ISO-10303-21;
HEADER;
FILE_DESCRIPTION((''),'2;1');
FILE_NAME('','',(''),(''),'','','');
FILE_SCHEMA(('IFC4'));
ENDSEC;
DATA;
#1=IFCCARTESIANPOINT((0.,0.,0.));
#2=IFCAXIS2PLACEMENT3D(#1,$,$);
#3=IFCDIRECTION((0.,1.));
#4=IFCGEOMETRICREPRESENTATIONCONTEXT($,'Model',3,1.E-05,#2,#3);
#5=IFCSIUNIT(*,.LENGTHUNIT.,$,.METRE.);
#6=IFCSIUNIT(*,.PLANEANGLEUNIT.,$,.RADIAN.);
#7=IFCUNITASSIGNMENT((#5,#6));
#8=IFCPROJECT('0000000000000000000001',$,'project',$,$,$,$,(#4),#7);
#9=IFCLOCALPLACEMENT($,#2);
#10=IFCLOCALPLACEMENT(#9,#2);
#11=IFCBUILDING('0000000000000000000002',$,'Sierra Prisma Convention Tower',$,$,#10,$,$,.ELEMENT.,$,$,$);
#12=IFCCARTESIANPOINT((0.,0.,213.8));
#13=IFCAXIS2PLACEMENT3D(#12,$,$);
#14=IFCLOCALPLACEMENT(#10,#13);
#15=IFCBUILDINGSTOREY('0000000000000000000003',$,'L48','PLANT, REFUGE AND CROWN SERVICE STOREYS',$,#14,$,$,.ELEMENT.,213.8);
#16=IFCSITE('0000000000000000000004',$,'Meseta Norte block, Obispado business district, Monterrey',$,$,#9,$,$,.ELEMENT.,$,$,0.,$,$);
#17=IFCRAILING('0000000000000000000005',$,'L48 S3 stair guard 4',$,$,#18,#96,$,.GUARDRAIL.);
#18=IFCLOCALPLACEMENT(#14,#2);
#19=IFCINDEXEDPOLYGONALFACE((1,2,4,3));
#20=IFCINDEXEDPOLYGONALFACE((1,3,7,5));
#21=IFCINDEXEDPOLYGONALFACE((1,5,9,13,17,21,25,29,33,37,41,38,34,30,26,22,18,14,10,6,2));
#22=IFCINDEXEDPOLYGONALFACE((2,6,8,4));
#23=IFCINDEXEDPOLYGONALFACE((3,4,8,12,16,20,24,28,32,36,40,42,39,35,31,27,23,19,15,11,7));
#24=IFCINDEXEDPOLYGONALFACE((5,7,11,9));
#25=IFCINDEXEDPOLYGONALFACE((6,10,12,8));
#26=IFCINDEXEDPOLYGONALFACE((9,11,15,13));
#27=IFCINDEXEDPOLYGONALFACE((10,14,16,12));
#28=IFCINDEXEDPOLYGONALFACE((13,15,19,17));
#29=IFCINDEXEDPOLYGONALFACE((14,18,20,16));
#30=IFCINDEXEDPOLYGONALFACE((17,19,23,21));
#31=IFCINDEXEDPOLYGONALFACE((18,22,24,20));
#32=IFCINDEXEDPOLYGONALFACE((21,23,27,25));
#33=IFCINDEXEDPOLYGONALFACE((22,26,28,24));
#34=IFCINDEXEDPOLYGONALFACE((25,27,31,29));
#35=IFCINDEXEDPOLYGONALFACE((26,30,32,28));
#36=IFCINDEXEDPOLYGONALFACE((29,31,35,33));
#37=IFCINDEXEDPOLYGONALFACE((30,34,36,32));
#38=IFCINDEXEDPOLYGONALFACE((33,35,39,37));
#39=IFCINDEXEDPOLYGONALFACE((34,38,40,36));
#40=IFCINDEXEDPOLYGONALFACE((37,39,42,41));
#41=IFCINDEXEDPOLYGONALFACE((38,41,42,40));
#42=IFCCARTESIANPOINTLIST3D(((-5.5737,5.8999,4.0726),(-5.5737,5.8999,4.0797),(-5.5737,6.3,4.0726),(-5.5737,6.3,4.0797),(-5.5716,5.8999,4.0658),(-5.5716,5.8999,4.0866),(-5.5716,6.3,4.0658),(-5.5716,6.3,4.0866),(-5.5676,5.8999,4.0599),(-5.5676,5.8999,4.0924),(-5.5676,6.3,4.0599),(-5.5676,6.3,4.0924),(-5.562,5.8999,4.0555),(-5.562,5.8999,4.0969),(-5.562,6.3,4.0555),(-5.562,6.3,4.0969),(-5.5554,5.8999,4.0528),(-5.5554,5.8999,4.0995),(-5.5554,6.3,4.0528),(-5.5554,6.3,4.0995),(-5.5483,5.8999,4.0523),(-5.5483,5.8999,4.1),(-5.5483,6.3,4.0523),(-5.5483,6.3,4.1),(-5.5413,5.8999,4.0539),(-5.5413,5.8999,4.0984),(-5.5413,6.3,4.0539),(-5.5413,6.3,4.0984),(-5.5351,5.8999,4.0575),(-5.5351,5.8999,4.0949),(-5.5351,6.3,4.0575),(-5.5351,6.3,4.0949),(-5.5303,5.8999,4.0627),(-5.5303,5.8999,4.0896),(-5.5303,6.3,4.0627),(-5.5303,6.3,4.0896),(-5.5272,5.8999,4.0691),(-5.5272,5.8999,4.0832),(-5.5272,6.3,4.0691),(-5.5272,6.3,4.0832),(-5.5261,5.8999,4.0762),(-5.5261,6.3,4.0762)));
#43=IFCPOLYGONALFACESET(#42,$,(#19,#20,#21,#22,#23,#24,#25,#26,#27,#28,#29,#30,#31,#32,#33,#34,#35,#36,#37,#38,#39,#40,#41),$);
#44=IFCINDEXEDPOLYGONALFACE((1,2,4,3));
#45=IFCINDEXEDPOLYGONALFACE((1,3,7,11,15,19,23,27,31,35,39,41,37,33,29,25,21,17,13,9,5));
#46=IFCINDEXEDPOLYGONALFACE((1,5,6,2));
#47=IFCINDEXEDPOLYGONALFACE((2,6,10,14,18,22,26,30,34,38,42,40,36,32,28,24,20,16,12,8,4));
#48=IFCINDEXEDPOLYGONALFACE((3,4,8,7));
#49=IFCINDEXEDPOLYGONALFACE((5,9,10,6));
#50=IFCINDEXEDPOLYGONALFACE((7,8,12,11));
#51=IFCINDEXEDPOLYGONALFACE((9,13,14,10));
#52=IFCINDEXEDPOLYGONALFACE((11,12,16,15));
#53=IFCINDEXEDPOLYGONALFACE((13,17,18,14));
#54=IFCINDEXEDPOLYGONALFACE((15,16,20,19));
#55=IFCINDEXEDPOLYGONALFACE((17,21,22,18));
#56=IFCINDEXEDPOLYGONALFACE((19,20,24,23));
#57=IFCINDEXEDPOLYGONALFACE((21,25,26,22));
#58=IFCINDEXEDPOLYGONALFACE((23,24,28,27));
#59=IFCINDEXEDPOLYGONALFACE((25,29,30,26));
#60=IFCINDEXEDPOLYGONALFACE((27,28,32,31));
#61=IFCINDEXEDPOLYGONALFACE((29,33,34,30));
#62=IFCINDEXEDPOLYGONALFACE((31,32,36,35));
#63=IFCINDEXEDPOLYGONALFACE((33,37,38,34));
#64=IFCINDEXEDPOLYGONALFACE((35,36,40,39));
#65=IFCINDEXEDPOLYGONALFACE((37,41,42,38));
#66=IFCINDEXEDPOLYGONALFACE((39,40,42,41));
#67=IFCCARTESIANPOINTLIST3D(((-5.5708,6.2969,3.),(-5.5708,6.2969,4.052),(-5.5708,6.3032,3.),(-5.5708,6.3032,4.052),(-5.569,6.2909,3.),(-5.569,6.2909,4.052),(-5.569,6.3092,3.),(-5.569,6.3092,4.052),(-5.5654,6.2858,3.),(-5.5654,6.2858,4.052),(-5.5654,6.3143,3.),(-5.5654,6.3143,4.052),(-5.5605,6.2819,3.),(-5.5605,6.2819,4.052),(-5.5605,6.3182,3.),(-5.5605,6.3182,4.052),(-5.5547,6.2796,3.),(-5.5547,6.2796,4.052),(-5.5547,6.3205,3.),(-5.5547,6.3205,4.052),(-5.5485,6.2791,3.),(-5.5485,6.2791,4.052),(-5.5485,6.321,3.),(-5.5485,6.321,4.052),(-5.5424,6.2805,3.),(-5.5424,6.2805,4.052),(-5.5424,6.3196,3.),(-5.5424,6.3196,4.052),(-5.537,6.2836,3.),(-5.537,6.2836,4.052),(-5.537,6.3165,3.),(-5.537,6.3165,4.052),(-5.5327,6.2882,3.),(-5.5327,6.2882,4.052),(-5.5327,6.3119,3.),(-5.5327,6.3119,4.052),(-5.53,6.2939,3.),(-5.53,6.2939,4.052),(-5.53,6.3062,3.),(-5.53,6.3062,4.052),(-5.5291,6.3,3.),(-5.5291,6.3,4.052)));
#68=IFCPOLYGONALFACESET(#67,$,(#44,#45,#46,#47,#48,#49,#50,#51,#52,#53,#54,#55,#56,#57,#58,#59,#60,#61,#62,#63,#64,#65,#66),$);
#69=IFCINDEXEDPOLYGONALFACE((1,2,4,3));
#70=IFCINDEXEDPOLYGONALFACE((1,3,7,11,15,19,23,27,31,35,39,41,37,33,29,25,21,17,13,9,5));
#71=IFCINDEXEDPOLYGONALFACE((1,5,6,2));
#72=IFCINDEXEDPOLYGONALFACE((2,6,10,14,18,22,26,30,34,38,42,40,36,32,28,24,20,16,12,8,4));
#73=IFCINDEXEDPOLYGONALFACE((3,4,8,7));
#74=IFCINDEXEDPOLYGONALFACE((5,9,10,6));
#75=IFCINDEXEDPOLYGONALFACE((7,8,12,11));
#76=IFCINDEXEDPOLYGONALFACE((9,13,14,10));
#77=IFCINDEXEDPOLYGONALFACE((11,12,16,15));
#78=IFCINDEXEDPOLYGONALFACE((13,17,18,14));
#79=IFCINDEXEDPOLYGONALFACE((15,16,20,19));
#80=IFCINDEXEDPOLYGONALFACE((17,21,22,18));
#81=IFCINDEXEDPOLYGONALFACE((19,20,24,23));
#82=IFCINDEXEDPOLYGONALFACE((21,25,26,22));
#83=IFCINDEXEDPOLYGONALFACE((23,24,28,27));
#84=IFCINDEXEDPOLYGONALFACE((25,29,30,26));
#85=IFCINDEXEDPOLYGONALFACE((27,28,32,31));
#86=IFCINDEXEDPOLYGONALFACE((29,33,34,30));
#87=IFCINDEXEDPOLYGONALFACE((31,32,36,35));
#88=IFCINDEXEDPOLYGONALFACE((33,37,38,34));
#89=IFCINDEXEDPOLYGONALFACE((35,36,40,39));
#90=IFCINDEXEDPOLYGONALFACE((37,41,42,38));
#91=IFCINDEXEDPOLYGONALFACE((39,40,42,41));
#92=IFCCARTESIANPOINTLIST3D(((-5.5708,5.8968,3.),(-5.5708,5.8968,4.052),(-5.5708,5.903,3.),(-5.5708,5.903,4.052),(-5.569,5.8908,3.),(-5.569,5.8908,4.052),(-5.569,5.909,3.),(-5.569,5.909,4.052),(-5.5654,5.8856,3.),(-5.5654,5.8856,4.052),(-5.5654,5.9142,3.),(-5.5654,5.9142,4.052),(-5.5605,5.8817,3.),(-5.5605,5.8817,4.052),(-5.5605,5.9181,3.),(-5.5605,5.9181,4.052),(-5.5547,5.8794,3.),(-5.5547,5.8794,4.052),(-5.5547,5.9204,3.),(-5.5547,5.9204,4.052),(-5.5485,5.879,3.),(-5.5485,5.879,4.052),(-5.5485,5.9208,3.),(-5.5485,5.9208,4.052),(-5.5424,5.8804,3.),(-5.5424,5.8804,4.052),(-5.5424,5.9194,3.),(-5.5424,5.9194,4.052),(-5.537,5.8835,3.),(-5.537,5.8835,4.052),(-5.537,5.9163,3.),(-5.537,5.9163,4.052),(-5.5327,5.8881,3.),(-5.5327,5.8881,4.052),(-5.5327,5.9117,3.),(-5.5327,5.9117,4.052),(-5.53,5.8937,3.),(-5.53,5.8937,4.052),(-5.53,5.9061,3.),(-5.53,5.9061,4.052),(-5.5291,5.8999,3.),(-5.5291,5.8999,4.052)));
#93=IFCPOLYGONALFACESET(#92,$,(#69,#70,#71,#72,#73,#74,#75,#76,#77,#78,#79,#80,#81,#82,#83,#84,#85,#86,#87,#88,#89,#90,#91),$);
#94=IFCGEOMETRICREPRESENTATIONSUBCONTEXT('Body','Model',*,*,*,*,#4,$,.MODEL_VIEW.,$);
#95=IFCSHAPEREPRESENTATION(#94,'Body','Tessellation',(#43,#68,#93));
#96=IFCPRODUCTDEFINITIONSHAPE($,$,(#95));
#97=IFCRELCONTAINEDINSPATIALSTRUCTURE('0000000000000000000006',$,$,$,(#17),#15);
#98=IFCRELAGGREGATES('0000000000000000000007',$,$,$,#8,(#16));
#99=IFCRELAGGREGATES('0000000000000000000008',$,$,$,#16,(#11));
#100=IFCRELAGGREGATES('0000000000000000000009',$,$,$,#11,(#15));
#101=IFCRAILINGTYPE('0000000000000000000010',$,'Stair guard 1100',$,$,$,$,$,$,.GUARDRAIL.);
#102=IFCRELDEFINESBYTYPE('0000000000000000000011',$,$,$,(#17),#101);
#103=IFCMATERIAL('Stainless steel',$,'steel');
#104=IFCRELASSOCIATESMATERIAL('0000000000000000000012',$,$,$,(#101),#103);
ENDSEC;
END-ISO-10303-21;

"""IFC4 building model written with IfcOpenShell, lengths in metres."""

from ifc_helpers import new_model, si_unit, direction, frame, origin, origin_2d, place, context, subcontext, project, spatial, circle, extrude, material, type_object, element, save


model = new_model("IFC4")

# Units and contexts
model_context = context("Model", 3, precision=1e-05, world=origin(), true_north=direction((0.0, 1.0)))
body_context = subcontext(model_context, "Body", "Model", "MODEL_VIEW")
ifc_project = project(units=[si_unit("LENGTHUNIT", "METRE"), si_unit("PLANEANGLEUNIT", "RADIAN")], contexts=[model_context])

# Site, building, storey
site_placement = place(None, origin())
site = spatial("IfcSite", under=ifc_project, at=site_placement, Name="Meseta Norte block, Obispado business district, Monterrey", CompositionType="ELEMENT", RefElevation=0.0)
building_placement = place(site_placement, origin())
building = spatial("IfcBuilding", under=site, at=building_placement, Name="Sierra Prisma Convention Tower", CompositionType="ELEMENT")
storey_placement = place(building_placement, frame((0.0, 0.0, 213.8)))
storey = spatial("IfcBuildingStorey", under=building, at=storey_placement, Name="L48", Description="PLANT, REFUGE AND CROWN SERVICE STOREYS", CompositionType="ELEMENT", Elevation=213.8)

# Railing
ifc_material_1 = material(Name="Stainless steel", Category="steel")
railing_type_1 = type_object("IfcRailingType", Name="Stair guard 1100", PredefinedType="GUARDRAIL", material=ifc_material_1)
railing_1_placement = place(storey_placement, frame((-5.55, 6.3, 3.0)))
element("IfcRailing", 1, at=railing_1_placement, inside=storey, type_object=railing_type_1, Name="L48 S3 stair guard 4", PredefinedType="GUARDRAIL", context=body_context, shape_type="SweptSolid", body=[
    extrude(circle(Radius=0.0239, at=origin_2d()), frame((0.0, 0.0, 1.0762), z_axis=(0.0, -1.0, 0.0), x_axis=(1.0, 0.0, 0.0)), (0.0, 0.0, 1.0), 0.4001),
    extrude(circle(Radius=0.021, at=origin_2d()), origin(), (0.0, 0.0, 1.0), 1.052),
    extrude(circle(Radius=0.021, at=origin_2d()), frame((0.0, -0.4001, 0.0)), (0.0, 0.0, 1.0), 1.052),
])

save(model, "model.ifc")
